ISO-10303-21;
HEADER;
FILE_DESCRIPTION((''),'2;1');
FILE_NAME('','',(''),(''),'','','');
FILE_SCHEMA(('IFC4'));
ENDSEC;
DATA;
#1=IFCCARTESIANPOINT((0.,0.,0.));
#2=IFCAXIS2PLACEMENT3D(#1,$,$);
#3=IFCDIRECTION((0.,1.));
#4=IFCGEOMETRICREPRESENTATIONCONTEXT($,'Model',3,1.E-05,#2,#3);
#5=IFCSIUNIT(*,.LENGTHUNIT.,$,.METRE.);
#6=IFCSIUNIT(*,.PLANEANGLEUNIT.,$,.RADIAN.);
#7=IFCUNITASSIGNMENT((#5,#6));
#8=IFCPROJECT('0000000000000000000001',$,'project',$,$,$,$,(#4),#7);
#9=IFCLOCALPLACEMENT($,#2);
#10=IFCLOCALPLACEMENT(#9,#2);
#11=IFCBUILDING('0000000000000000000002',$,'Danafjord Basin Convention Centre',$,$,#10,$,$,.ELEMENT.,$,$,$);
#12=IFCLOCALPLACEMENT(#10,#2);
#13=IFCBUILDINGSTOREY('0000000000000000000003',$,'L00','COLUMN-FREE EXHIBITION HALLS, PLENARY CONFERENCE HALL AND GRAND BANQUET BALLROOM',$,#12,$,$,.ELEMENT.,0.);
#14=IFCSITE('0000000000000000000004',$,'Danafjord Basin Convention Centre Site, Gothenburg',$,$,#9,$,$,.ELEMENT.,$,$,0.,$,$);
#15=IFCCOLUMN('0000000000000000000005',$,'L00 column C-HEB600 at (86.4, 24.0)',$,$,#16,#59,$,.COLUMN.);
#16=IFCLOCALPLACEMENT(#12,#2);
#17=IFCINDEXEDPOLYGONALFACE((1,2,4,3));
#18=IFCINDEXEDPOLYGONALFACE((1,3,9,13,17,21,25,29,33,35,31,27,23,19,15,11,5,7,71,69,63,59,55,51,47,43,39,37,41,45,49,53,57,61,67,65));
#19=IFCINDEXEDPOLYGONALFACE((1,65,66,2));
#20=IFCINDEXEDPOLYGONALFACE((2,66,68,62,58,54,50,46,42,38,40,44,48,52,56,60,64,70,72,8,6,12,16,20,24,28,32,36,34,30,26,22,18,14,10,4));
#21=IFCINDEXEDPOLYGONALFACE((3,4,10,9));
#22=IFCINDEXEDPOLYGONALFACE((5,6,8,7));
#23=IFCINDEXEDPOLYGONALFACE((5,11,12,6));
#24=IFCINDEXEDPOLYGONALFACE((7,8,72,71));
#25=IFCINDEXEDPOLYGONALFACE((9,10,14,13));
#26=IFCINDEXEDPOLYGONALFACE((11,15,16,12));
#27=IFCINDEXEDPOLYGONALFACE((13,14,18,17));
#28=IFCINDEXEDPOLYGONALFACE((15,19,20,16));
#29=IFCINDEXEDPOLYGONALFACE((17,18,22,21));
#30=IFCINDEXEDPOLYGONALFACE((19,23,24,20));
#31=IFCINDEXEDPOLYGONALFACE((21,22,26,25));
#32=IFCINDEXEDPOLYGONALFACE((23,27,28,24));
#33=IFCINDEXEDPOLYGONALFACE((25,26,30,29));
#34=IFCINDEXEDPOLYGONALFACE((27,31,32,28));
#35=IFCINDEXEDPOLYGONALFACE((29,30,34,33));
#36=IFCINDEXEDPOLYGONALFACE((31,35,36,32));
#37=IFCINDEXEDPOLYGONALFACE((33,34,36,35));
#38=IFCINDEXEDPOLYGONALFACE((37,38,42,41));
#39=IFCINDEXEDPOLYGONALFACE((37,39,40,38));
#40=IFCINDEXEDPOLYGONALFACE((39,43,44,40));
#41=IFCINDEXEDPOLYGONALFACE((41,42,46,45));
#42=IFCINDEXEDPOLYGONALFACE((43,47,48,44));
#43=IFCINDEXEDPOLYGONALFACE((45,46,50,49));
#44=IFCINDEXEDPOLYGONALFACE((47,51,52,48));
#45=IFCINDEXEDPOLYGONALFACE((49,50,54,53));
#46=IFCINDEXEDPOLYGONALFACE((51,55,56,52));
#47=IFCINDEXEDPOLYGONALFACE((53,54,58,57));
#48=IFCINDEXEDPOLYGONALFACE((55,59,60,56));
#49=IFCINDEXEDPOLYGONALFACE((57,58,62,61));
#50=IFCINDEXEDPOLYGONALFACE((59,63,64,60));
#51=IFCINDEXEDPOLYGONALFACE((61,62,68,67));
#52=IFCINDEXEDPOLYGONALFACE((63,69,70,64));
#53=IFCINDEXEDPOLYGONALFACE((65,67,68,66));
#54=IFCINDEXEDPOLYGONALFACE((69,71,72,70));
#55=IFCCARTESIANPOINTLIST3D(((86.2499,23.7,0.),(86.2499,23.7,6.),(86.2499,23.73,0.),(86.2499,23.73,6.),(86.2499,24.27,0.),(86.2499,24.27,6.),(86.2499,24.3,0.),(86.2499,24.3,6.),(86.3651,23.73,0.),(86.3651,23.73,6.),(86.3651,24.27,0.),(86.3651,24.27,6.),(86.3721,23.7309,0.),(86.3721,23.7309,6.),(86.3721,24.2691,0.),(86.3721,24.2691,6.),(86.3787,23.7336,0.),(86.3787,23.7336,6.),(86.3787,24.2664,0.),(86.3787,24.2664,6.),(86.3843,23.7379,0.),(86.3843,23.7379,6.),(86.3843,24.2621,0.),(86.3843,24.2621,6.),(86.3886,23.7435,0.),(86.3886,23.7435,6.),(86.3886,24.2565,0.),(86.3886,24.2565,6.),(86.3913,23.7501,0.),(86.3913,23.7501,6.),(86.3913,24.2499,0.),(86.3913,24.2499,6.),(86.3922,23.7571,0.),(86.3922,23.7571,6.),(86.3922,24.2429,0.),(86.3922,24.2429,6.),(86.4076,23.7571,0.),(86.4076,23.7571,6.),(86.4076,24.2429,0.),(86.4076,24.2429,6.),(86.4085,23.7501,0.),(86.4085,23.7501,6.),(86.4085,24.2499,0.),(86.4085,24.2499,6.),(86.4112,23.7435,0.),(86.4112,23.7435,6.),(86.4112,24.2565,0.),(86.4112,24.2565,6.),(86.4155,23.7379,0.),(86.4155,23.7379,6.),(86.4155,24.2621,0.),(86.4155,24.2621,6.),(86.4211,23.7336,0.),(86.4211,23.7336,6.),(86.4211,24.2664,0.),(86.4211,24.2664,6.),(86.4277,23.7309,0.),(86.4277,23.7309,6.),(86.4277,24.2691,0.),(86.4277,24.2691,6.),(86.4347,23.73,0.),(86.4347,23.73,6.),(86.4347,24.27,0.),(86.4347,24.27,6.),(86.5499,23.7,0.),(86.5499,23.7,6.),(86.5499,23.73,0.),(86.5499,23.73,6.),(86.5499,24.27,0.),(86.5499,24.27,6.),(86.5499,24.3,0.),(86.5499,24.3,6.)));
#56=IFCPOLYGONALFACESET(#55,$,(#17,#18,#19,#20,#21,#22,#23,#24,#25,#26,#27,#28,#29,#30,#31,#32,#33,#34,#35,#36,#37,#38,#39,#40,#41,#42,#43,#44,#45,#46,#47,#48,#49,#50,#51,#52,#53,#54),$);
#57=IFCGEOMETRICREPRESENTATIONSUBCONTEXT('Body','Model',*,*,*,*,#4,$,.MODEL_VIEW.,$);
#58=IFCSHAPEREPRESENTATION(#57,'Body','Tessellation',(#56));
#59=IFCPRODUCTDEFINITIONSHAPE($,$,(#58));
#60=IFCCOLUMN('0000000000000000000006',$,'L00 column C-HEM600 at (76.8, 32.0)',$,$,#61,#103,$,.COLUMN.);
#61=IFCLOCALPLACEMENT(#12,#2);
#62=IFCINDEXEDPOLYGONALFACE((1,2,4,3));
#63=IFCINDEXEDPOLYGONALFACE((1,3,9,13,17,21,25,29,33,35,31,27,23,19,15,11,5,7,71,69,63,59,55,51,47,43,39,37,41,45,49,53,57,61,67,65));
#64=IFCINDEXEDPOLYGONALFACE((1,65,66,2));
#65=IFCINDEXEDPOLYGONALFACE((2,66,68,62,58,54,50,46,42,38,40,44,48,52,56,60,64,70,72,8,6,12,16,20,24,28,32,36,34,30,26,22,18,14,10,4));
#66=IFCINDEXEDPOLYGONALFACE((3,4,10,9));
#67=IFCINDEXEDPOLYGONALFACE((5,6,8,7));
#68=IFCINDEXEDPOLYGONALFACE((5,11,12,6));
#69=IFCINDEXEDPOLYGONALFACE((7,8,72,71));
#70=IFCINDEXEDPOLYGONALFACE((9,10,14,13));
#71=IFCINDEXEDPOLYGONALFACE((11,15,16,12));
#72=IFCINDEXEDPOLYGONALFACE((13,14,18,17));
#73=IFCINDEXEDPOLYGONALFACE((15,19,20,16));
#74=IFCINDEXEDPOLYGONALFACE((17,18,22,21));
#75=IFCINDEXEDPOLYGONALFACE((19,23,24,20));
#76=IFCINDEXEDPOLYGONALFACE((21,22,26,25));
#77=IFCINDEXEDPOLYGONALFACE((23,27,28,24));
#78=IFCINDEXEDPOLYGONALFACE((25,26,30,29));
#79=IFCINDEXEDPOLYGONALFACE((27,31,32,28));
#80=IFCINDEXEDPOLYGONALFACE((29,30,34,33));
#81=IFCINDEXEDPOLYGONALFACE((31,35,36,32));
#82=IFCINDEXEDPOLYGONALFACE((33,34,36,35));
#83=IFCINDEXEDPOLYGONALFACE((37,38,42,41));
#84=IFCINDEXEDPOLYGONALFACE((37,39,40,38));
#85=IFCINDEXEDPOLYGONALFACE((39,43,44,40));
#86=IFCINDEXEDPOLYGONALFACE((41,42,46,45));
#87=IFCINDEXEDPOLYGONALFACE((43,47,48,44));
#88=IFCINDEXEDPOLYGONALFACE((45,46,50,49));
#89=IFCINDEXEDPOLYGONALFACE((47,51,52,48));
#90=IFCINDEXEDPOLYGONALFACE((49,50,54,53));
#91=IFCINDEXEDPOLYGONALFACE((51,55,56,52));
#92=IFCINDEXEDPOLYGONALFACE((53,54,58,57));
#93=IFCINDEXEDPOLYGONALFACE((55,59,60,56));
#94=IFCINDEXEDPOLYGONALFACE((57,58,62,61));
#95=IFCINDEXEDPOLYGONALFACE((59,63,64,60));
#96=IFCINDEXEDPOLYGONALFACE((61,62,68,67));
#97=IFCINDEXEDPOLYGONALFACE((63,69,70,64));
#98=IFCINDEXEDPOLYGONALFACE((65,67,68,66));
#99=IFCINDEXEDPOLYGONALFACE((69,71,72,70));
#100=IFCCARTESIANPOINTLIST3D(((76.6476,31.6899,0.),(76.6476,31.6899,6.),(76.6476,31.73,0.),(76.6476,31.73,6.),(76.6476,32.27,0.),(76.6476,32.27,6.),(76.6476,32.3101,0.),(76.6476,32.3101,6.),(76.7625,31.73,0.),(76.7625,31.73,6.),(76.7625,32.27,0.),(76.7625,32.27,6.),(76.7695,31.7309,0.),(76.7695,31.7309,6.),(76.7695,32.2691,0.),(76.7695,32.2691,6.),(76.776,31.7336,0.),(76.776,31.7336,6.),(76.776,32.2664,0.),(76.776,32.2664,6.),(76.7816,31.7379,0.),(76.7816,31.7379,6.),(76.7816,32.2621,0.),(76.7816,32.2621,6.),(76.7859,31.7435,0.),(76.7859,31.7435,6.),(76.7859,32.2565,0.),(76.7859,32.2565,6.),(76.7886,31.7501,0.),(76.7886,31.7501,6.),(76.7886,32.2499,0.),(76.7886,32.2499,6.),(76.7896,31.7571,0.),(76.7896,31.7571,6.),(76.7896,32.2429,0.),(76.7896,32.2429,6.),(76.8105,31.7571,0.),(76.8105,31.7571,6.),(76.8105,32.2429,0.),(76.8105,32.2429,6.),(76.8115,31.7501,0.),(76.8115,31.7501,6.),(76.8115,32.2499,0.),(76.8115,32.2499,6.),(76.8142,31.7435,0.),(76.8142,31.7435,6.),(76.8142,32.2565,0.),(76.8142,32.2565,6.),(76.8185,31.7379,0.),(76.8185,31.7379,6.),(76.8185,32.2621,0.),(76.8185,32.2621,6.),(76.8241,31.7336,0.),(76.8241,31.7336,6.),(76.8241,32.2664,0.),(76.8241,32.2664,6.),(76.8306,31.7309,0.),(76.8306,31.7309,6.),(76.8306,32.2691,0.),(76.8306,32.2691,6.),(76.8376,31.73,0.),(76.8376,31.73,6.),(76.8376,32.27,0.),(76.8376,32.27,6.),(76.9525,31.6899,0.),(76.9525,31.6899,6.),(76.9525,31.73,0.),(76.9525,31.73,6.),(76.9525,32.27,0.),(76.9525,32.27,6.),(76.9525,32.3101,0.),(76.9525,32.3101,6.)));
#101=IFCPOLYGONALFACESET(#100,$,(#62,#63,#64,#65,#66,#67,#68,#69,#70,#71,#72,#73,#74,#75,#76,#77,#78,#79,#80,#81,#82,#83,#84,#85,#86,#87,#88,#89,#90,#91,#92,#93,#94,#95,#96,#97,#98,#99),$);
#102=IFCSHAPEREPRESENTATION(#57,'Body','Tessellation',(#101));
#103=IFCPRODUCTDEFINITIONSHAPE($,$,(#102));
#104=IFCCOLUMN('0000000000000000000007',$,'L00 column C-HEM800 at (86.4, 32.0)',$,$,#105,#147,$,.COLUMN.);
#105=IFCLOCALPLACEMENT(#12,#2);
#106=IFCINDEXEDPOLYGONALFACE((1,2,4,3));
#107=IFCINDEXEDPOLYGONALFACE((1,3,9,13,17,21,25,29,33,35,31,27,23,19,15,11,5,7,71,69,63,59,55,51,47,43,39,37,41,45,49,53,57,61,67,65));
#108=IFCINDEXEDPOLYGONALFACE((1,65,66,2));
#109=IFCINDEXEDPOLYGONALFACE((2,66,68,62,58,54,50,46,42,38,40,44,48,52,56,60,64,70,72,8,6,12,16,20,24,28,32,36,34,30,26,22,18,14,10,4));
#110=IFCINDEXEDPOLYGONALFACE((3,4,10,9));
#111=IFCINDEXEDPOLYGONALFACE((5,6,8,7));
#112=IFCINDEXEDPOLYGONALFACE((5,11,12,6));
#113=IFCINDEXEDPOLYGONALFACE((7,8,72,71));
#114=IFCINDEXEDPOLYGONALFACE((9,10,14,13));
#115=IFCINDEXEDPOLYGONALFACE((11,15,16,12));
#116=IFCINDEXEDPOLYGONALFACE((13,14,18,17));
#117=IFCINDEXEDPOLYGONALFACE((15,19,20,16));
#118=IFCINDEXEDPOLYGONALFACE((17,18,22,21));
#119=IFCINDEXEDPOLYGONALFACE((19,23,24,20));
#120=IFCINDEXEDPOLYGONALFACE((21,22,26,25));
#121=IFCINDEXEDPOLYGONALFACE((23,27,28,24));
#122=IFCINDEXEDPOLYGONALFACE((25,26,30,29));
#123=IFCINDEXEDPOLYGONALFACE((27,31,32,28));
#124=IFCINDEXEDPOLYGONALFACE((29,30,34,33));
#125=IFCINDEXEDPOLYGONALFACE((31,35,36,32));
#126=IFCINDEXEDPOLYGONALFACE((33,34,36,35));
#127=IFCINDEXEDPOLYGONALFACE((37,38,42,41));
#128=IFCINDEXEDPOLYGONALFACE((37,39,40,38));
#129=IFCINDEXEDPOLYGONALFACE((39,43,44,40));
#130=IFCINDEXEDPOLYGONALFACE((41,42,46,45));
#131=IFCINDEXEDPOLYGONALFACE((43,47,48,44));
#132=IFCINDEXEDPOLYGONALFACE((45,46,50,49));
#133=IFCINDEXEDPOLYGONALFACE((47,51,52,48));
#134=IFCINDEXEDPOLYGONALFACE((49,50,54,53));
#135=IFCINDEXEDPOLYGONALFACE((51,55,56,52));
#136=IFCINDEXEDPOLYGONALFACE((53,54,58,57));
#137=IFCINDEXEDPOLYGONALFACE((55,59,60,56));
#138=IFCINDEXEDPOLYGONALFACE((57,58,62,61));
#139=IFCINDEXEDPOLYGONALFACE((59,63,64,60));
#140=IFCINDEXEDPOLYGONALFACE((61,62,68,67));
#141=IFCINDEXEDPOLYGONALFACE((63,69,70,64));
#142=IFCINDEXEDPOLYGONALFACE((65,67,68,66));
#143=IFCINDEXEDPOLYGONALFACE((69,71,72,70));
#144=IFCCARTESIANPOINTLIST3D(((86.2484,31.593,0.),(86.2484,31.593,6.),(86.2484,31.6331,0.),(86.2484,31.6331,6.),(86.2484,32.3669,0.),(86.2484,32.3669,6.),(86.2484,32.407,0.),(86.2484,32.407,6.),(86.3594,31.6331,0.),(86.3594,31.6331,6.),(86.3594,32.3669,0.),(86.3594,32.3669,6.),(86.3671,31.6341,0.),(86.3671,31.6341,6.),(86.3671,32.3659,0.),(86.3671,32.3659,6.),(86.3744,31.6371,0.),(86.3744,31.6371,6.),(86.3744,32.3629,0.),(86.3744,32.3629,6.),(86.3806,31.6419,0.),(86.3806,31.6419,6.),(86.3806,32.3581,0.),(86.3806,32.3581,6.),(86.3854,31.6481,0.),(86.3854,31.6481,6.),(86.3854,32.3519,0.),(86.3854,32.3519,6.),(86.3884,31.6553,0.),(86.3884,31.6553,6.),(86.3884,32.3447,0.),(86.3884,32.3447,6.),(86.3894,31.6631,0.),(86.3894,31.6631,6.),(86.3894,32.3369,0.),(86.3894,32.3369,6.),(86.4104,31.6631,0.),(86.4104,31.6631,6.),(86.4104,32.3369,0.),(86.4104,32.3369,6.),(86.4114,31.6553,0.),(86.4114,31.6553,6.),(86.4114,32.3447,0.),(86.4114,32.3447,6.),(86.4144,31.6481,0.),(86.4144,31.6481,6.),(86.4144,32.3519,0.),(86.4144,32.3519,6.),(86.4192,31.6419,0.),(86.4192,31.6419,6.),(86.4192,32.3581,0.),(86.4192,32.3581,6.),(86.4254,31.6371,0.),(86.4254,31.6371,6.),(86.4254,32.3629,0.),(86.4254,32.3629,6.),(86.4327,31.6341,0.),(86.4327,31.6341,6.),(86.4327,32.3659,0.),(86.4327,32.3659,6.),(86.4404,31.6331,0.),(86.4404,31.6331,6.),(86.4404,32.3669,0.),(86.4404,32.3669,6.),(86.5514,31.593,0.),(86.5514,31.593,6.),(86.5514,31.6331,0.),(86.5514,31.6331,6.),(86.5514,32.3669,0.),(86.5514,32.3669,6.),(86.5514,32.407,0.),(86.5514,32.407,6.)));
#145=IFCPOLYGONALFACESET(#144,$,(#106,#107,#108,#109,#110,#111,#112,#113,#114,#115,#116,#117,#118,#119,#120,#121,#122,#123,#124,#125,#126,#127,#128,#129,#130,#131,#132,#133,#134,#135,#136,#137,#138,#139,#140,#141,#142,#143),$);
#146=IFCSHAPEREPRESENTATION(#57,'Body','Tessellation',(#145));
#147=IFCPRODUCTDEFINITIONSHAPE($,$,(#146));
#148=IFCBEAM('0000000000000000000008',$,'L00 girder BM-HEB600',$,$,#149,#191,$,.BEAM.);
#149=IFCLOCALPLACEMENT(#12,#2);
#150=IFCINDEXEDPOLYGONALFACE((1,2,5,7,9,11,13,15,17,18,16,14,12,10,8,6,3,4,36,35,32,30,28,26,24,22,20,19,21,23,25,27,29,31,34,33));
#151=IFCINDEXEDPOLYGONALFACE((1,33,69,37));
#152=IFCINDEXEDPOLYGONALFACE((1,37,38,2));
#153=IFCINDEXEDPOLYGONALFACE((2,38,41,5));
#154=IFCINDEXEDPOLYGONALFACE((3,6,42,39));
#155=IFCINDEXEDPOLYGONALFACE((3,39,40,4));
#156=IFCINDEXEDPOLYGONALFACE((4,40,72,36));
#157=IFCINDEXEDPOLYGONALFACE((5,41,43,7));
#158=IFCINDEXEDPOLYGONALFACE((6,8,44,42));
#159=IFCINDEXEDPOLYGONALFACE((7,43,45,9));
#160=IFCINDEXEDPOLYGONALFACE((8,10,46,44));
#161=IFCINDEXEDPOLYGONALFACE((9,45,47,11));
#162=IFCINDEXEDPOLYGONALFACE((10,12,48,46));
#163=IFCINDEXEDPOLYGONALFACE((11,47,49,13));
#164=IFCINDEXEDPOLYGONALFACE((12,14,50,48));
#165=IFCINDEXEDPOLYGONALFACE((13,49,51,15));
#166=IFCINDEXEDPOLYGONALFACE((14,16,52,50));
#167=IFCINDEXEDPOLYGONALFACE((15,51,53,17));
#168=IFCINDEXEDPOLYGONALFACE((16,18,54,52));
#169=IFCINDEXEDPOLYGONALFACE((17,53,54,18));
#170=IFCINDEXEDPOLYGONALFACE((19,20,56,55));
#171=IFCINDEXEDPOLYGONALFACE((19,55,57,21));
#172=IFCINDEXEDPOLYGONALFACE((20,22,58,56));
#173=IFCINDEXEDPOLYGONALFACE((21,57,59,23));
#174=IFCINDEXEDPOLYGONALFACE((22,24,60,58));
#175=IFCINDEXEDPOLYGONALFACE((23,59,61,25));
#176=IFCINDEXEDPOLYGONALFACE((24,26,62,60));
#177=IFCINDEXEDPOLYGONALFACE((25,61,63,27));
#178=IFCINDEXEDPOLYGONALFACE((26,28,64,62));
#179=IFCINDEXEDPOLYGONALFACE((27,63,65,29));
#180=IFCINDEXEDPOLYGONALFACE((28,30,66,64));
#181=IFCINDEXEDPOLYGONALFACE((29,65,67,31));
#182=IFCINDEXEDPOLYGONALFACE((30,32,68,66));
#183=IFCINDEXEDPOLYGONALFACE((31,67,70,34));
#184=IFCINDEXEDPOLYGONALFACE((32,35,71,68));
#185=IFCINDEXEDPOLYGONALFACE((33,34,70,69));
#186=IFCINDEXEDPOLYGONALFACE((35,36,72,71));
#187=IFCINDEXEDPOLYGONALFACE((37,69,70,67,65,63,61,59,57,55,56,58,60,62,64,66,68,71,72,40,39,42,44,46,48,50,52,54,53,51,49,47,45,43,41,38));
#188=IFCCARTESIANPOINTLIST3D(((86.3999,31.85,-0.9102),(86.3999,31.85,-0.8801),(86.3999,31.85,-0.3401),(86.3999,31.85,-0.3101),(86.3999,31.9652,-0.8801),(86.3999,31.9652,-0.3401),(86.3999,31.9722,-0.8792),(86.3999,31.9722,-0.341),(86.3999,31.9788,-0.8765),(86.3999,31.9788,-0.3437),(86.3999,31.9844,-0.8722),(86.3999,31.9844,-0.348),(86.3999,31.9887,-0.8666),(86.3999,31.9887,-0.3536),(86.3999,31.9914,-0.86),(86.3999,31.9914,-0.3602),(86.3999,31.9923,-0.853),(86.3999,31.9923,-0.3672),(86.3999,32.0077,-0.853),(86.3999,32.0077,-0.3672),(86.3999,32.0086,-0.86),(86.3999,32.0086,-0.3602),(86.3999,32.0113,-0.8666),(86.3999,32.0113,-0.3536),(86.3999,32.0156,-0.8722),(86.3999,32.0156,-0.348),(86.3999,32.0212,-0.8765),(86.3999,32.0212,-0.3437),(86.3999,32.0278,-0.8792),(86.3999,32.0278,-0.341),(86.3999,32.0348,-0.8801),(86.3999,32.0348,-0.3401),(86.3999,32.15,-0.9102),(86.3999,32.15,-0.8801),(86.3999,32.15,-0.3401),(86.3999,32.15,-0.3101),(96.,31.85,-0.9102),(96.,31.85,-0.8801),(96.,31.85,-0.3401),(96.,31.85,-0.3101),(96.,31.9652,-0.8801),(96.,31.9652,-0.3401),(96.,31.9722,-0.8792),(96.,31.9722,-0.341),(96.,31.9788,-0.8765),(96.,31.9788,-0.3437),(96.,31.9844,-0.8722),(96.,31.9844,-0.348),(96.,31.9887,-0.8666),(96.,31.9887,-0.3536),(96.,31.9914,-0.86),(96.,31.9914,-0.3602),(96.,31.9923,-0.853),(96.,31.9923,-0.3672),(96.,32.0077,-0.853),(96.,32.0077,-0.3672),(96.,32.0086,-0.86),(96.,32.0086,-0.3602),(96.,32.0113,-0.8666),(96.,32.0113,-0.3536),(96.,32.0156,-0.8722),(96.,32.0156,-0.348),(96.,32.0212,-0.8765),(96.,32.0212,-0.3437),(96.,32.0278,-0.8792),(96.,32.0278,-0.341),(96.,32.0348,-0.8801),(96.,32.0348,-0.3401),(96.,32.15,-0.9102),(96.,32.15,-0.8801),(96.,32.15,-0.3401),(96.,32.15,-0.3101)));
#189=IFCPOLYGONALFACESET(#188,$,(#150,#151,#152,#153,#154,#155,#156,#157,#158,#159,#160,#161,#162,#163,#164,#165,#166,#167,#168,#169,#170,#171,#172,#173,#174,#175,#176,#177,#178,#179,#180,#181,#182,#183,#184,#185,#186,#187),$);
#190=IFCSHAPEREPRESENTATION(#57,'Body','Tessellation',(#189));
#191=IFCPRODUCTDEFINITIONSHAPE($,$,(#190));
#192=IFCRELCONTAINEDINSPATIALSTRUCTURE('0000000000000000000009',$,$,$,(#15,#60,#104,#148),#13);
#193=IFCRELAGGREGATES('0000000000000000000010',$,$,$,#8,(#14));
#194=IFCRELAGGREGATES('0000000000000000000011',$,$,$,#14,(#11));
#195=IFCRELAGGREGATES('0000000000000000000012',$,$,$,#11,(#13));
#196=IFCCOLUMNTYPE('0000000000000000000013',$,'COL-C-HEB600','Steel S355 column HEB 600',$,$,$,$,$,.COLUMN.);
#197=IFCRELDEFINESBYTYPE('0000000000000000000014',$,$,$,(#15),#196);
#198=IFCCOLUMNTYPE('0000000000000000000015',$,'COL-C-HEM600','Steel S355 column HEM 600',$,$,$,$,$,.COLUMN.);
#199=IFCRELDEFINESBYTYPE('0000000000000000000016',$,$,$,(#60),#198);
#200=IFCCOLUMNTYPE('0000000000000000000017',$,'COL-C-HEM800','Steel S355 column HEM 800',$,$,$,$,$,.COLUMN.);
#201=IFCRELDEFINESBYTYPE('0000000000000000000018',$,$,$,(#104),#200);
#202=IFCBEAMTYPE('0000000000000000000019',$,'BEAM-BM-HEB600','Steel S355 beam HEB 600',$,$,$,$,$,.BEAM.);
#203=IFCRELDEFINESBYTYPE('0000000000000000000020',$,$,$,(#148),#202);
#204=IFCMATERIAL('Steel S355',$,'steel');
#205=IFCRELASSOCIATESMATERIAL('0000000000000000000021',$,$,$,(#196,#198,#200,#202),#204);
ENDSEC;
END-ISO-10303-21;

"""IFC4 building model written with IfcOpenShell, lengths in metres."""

from ifc_helpers import new_model, si_unit, direction, frame, origin, origin_2d, place, context, subcontext, project, spatial, i_section, extrude, material, material_profile, profile_set, type_object, element, save


model = new_model("IFC4")

# Units and contexts
model_context = context("Model", 3, precision=1e-05, world=origin(), true_north=direction((0.0, 1.0)))
body_context = subcontext(model_context, "Body", "Model", "MODEL_VIEW")
ifc_project = project(units=[si_unit("LENGTHUNIT", "METRE"), si_unit("PLANEANGLEUNIT", "RADIAN")], contexts=[model_context])

# Site, building, storey
site_placement = place(None, origin())
site = spatial("IfcSite", under=ifc_project, at=site_placement, Name="Danafjord Basin Convention Centre Site, Gothenburg", CompositionType="ELEMENT", RefElevation=0.0)
building_placement = place(site_placement, origin())
building = spatial("IfcBuilding", under=site, at=building_placement, Name="Danafjord Basin Convention Centre", CompositionType="ELEMENT")
storey_placement = place(building_placement, origin())
storey = spatial("IfcBuildingStorey", under=building, at=storey_placement, Name="L00", Description="COLUMN-FREE EXHIBITION HALLS, PLENARY CONFERENCE HALL AND GRAND BANQUET BALLROOM", CompositionType="ELEMENT", Elevation=0.0)

# Columns
ifc_material_1 = material(Name="Steel S355", Category="steel")
ifc_material_profile_1 = material_profile(ifc_material_1, i_section(OverallWidth=0.3, OverallDepth=0.6001, WebThickness=0.0154, FlangeThickness=0.03, FilletRadius=0.0271, at=origin_2d()), Name="HEB 600")
ifc_profile_set_1 = profile_set([ifc_material_profile_1], Name="Steel S355")
column_type_1 = type_object("IfcColumnType", Name="COL-C-HEB600", Description="Steel S355 column HEB 600", PredefinedType="COLUMN", material=ifc_profile_set_1)
column_1_placement = place(storey_placement, frame((86.3999, 24.0, 0.0), z_axis=(0.0, 0.0, 1.0), x_axis=(1.0, 0.0, 0.0)))
element("IfcColumn", 1, at=column_1_placement, inside=storey, type_object=column_type_1, Name="L00 column C-HEB600 at (86.4, 24.0)", PredefinedType="COLUMN", context=body_context, shape_type="SweptSolid", body=[
    extrude(i_section(OverallWidth=0.3, OverallDepth=0.6001, WebThickness=0.0154, FlangeThickness=0.03, FilletRadius=0.0271, at=origin_2d()), origin(), (0.0, 0.0, 1.0), 6.0),
])
ifc_material_profile_2 = material_profile(ifc_material_1, i_section(OverallWidth=0.3049, OverallDepth=0.6201, WebThickness=0.021, FlangeThickness=0.04, FilletRadius=0.0271, at=origin_2d()), Name="HEM 600")
ifc_profile_set_2 = profile_set([ifc_material_profile_2], Name="Steel S355")
column_type_2 = type_object("IfcColumnType", Name="COL-C-HEM600", Description="Steel S355 column HEM 600", PredefinedType="COLUMN", material=ifc_profile_set_2)
column_2_placement = place(storey_placement, frame((76.8, 32.0, 0.0), z_axis=(0.0, 0.0, 1.0), x_axis=(1.0, 0.0, 0.0)))
element("IfcColumn", 2, at=column_2_placement, inside=storey, type_object=column_type_2, Name="L00 column C-HEM600 at (76.8, 32.0)", PredefinedType="COLUMN", context=body_context, shape_type="SweptSolid", body=[
    extrude(i_section(OverallWidth=0.3049, OverallDepth=0.6201, WebThickness=0.021, FlangeThickness=0.04, FilletRadius=0.0271, at=origin_2d()), origin(), (0.0, 0.0, 1.0), 6.0),
])
ifc_material_profile_3 = material_profile(ifc_material_1, i_section(OverallWidth=0.303, OverallDepth=0.814, WebThickness=0.021, FlangeThickness=0.04, FilletRadius=0.03, at=origin_2d()), Name="HEM 800")
ifc_profile_set_3 = profile_set([ifc_material_profile_3], Name="Steel S355")
column_type_3 = type_object("IfcColumnType", Name="COL-C-HEM800", Description="Steel S355 column HEM 800", PredefinedType="COLUMN", material=ifc_profile_set_3)
column_3_placement = place(storey_placement, frame((86.3999, 32.0, 0.0), z_axis=(0.0, 0.0, 1.0), x_axis=(1.0, 0.0, 0.0)))
element("IfcColumn", 3, at=column_3_placement, inside=storey, type_object=column_type_3, Name="L00 column C-HEM800 at (86.4, 32.0)", PredefinedType="COLUMN", context=body_context, shape_type="SweptSolid", body=[
    extrude(i_section(OverallWidth=0.303, OverallDepth=0.814, WebThickness=0.021, FlangeThickness=0.04, FilletRadius=0.03, at=origin_2d()), origin(), (0.0, 0.0, 1.0), 6.0),
])

# Beam
ifc_material_profile_4 = material_profile(ifc_material_1, i_section(OverallWidth=0.3, OverallDepth=0.6001, WebThickness=0.0154, FlangeThickness=0.03, FilletRadius=0.0271, at=origin_2d()), Name="HEB 600")
ifc_profile_set_4 = profile_set([ifc_material_profile_4], Name="Steel S355")
beam_type_1 = type_object("IfcBeamType", Name="BEAM-BM-HEB600", Description="Steel S355 beam HEB 600", PredefinedType="BEAM", material=ifc_profile_set_4)
beam_1_placement = place(storey_placement, frame((86.3999, 32.0, -0.6101), z_axis=(1.0, 0.0, 0.0), x_axis=(0.0, 1.0, 0.0)))
element("IfcBeam", 4, at=beam_1_placement, inside=storey, type_object=beam_type_1, Name="L00 girder BM-HEB600", PredefinedType="BEAM", context=body_context, shape_type="SweptSolid", body=[
    extrude(i_section(OverallWidth=0.3, OverallDepth=0.6001, WebThickness=0.0154, FlangeThickness=0.03, FilletRadius=0.0271, at=origin_2d()), origin(), (0.0, 0.0, 1.0), 9.6001),
])

save(model, "model.ifc")
